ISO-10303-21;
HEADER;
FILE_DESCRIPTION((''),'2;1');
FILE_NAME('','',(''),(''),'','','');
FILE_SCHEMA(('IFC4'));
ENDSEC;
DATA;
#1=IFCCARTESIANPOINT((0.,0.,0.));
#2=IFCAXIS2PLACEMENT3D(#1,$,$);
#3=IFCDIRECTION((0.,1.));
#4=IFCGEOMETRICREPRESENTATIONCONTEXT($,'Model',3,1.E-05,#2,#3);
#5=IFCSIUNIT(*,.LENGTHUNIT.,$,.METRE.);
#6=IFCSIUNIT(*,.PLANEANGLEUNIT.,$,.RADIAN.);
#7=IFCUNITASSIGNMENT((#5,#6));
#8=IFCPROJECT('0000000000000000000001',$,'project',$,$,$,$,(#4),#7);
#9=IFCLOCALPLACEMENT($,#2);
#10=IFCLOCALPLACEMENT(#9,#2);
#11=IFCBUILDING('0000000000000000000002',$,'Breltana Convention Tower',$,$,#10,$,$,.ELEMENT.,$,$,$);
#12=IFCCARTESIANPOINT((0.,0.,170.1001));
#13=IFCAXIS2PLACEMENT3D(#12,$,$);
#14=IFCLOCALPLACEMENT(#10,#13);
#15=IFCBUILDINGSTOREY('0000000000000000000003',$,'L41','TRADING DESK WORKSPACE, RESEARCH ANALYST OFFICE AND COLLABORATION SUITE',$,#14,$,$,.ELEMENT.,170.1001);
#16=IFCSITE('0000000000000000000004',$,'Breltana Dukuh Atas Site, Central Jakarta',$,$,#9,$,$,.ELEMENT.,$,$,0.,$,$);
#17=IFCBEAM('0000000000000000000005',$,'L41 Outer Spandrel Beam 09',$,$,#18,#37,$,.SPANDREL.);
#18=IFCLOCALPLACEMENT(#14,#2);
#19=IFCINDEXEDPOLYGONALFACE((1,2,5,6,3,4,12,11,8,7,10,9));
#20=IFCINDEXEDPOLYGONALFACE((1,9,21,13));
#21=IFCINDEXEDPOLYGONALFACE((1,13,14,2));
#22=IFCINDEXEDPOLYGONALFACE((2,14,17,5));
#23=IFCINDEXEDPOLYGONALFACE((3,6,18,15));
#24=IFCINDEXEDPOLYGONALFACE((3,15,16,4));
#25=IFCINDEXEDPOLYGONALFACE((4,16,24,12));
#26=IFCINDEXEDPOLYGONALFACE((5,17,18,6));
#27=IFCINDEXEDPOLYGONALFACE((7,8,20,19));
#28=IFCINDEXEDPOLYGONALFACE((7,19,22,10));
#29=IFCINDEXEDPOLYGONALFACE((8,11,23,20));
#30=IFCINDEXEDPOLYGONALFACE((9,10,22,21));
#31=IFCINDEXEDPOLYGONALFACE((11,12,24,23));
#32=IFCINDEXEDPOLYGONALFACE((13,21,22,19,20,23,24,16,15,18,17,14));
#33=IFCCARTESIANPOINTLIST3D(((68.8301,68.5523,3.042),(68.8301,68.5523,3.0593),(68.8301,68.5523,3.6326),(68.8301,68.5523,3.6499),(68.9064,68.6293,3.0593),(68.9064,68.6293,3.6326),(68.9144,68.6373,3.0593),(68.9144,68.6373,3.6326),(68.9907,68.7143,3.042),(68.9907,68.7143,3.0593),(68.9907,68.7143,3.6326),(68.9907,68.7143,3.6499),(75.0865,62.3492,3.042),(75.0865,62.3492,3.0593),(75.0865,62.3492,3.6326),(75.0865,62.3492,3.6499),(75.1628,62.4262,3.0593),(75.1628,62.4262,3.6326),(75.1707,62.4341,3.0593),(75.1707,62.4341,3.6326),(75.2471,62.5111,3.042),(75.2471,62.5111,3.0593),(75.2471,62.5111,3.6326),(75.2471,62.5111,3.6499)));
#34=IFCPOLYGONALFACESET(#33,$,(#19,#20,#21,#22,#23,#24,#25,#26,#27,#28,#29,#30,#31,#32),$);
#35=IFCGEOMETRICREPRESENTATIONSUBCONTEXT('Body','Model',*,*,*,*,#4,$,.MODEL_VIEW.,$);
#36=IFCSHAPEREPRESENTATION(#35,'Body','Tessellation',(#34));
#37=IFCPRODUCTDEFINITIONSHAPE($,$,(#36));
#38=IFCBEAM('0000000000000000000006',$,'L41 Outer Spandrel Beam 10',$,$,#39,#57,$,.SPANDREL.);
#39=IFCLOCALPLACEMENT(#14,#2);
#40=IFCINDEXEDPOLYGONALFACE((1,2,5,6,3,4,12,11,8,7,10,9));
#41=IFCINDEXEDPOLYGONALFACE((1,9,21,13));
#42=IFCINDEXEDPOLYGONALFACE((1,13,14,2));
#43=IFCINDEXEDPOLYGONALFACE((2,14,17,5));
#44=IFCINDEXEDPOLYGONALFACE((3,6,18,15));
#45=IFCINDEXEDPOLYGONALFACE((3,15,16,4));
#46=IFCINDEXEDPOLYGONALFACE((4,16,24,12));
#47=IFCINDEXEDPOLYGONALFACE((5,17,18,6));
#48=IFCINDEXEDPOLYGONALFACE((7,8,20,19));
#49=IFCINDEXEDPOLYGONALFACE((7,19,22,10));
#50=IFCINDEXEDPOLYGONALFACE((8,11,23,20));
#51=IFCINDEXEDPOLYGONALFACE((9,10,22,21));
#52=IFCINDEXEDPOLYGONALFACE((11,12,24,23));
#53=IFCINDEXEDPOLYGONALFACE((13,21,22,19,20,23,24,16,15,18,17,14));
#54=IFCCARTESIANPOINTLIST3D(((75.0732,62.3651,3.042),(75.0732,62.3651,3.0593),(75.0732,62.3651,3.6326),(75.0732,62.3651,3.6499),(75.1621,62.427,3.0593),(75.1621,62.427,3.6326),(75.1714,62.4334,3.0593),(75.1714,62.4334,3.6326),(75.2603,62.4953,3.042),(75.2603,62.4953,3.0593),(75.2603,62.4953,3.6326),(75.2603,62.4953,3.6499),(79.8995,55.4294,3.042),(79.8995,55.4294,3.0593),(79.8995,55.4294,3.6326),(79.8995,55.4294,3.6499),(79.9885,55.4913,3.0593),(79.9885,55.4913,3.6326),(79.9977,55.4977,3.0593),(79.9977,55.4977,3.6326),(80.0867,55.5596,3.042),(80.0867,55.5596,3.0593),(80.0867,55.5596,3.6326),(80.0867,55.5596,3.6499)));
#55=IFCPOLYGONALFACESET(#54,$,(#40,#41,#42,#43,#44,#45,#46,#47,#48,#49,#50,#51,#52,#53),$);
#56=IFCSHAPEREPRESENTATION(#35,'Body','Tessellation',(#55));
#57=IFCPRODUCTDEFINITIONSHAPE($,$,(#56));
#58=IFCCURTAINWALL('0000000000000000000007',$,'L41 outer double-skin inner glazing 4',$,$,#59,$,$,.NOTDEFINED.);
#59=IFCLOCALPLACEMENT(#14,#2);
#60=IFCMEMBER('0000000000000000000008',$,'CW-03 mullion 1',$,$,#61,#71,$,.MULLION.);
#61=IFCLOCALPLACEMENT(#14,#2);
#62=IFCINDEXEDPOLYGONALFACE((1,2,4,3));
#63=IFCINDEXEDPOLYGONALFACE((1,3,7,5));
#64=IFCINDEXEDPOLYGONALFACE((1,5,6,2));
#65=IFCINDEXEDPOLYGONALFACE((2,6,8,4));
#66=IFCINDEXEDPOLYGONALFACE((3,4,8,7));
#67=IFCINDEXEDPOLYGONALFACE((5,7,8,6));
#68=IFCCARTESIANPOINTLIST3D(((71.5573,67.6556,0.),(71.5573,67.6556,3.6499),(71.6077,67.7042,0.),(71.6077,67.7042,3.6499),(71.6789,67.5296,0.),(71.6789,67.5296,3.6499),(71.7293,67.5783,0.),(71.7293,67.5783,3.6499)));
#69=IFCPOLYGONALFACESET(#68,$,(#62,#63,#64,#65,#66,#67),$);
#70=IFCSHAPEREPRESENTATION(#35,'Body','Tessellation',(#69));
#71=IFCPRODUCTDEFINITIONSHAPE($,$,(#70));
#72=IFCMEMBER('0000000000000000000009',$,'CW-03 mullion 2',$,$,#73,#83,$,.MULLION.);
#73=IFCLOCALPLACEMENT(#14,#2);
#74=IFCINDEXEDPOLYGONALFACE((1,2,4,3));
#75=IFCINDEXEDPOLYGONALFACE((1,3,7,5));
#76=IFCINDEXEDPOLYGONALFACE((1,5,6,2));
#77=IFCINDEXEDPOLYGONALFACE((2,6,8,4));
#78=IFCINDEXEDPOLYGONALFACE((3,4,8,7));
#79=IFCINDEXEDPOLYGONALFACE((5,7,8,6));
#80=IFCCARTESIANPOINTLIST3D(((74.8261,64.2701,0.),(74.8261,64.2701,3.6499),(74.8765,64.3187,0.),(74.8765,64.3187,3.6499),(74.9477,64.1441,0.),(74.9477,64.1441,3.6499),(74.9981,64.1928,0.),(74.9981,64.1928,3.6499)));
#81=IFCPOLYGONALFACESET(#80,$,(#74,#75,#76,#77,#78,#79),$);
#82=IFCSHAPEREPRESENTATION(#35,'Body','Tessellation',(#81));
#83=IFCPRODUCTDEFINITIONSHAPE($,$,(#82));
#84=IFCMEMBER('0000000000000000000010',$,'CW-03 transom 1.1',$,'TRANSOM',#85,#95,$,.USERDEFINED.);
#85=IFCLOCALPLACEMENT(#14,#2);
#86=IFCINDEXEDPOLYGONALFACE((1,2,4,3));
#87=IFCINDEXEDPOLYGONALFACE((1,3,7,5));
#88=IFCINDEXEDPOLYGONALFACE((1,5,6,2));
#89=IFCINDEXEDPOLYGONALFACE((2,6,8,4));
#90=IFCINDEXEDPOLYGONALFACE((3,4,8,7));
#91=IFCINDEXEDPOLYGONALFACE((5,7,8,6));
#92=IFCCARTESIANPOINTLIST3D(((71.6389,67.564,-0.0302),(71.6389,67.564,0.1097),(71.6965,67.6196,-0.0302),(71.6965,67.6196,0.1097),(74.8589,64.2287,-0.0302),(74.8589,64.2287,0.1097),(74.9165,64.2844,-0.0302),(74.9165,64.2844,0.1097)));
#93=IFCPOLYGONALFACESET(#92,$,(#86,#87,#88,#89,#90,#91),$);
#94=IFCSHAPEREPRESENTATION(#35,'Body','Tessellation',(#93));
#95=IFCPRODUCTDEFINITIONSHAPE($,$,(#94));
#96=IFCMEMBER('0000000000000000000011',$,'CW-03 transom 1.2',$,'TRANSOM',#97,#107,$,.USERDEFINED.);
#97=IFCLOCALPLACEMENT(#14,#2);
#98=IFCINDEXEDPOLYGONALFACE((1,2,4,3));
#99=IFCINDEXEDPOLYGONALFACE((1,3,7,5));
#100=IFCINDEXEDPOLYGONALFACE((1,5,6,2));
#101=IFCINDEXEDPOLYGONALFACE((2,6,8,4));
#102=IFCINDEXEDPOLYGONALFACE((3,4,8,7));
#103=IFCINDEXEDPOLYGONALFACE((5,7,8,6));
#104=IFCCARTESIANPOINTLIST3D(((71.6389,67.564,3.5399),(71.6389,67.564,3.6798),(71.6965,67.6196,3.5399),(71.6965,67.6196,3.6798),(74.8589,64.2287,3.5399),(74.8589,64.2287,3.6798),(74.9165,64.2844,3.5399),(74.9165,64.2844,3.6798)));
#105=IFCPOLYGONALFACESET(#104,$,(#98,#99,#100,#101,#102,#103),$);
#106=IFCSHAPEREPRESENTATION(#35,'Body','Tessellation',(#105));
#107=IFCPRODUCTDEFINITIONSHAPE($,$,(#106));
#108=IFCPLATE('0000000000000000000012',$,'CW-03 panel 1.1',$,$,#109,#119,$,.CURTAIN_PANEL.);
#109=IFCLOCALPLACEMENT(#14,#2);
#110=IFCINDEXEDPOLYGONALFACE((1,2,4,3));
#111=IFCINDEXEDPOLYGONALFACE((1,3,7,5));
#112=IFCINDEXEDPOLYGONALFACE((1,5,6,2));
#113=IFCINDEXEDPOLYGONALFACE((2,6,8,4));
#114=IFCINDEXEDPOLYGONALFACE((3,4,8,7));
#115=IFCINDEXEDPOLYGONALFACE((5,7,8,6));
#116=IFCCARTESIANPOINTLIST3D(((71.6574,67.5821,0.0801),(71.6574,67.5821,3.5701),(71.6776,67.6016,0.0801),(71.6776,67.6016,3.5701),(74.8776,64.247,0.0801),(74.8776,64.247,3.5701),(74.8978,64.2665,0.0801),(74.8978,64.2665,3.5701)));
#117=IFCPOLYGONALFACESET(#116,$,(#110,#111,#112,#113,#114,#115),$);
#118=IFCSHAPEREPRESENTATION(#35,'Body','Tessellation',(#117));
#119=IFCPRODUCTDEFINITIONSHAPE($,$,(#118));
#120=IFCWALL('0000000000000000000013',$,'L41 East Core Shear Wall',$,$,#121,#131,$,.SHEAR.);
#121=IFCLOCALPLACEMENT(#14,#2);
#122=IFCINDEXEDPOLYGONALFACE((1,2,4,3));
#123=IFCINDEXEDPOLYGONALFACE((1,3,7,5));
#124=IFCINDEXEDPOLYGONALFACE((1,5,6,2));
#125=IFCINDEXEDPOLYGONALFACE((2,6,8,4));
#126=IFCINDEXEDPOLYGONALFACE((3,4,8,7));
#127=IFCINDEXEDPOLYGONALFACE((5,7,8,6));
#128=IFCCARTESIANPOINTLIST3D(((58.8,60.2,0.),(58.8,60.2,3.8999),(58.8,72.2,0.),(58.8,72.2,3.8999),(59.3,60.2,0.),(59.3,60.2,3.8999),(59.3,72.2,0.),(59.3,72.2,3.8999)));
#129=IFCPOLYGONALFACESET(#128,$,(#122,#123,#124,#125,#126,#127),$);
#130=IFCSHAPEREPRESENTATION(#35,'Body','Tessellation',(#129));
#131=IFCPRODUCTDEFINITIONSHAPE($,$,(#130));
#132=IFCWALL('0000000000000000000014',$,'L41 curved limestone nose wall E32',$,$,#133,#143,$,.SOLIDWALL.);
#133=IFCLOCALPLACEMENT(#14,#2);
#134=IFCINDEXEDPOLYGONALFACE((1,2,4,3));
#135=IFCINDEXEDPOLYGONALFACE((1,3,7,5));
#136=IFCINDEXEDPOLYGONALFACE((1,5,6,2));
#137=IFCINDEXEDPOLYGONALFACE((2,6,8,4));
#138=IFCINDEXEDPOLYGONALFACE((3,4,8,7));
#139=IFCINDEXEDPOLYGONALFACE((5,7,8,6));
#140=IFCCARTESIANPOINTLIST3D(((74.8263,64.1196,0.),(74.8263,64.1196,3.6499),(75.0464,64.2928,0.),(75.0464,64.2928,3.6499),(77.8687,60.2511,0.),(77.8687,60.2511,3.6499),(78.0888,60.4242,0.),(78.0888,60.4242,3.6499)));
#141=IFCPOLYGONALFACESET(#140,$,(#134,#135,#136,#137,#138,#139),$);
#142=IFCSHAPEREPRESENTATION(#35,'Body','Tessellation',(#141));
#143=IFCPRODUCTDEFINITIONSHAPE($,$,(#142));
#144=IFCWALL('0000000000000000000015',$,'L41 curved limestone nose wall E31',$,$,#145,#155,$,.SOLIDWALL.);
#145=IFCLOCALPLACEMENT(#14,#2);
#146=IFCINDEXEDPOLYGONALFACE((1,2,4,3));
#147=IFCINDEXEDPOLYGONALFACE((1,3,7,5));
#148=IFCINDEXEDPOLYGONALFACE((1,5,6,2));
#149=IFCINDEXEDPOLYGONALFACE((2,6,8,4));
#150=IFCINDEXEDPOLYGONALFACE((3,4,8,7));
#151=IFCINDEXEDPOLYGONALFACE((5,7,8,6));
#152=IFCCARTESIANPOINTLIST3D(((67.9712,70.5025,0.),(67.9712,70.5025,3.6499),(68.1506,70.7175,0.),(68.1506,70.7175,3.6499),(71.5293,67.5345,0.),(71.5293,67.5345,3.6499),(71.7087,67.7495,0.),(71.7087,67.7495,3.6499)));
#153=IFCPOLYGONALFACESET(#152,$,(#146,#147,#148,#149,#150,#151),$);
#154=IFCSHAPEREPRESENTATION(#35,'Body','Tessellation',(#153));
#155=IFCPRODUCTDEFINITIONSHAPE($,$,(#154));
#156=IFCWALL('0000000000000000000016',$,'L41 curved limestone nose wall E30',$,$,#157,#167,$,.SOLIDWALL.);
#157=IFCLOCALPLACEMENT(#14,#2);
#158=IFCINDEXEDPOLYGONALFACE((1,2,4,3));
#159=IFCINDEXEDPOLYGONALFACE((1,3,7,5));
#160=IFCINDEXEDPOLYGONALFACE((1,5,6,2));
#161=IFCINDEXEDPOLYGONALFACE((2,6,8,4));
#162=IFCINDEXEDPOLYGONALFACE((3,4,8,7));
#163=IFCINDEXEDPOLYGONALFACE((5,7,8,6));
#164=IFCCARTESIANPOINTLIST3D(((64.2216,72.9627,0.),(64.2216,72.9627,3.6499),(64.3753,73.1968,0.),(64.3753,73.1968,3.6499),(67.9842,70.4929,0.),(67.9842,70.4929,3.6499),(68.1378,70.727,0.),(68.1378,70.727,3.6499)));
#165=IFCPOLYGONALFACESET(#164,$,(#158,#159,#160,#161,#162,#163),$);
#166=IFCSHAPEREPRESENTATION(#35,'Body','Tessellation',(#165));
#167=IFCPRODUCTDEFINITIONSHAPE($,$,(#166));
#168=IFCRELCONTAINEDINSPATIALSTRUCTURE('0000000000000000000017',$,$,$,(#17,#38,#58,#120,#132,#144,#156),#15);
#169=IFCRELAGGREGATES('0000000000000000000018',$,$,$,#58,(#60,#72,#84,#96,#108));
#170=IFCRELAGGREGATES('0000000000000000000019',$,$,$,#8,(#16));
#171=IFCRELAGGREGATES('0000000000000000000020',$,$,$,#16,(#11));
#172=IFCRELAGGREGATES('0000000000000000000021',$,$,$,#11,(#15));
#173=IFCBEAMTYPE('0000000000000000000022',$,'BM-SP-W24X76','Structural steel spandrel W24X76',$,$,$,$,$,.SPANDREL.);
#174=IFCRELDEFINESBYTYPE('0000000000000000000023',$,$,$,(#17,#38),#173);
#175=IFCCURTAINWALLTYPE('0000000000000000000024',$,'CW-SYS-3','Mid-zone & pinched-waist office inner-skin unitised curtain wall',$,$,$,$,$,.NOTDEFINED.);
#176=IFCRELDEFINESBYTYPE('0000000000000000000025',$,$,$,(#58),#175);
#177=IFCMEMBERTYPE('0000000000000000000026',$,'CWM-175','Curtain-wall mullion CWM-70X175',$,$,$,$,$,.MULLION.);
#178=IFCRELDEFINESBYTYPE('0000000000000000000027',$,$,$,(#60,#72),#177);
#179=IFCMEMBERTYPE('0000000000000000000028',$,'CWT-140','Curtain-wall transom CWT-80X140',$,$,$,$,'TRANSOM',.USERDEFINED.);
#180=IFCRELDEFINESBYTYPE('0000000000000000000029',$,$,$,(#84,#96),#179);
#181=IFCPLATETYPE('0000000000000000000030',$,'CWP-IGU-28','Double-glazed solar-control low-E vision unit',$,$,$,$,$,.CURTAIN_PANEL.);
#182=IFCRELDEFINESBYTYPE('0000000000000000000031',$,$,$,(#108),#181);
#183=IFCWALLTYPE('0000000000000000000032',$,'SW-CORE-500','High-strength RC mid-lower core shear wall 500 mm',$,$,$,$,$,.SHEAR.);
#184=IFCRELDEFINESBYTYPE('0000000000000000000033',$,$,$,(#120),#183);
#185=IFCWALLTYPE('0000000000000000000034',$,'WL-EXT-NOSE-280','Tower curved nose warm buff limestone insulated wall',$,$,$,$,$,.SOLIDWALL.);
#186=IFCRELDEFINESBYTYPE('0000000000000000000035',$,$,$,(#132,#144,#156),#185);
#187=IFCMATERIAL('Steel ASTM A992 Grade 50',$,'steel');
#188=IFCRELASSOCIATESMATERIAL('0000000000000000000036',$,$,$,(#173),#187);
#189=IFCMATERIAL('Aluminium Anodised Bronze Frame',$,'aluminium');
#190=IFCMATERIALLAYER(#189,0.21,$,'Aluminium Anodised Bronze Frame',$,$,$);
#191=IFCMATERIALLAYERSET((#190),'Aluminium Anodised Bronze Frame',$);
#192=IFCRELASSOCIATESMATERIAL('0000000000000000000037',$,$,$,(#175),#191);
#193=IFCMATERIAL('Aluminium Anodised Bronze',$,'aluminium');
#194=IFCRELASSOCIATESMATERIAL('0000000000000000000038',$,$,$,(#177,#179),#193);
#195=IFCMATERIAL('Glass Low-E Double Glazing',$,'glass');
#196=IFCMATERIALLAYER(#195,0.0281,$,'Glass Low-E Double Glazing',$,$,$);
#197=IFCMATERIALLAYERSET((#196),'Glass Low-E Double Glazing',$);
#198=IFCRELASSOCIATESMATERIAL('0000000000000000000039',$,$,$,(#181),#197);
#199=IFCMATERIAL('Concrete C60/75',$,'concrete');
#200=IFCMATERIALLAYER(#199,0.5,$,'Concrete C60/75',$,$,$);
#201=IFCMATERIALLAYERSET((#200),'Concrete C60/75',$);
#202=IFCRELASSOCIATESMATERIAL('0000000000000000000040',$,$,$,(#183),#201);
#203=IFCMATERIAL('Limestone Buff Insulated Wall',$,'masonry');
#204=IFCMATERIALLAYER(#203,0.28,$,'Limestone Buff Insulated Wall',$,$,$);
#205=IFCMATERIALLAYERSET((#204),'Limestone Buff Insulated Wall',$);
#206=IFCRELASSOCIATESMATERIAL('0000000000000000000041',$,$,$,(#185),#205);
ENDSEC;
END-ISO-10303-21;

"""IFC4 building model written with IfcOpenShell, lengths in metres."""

from ifc_helpers import new_model, si_unit, direction, frame, frame_2d, origin, origin_2d, place, context, subcontext, project, spatial, rectangle, i_section, extrude, source, transform, mapped, material, layer, layer_set, material_profile, profile_set, type_object, element, aggregate, save


model = new_model("IFC4")

# Units and contexts
model_context = context("Model", 3, precision=1e-05, world=origin(), true_north=direction((0.0, 1.0)))
body_context = subcontext(model_context, "Body", "Model", "MODEL_VIEW")
ifc_project = project(units=[si_unit("LENGTHUNIT", "METRE"), si_unit("PLANEANGLEUNIT", "RADIAN")], contexts=[model_context])

# Site, building, storey
site_placement = place(None, origin())
site = spatial("IfcSite", under=ifc_project, at=site_placement, Name="Breltana Dukuh Atas Site, Central Jakarta", CompositionType="ELEMENT", RefElevation=0.0)
building_placement = place(site_placement, origin())
building = spatial("IfcBuilding", under=site, at=building_placement, Name="Breltana Convention Tower", CompositionType="ELEMENT")
storey_placement = place(building_placement, frame((0.0, 0.0, 170.1001)))
storey = spatial("IfcBuildingStorey", under=building, at=storey_placement, Name="L41", Description="TRADING DESK WORKSPACE, RESEARCH ANALYST OFFICE AND COLLABORATION SUITE", CompositionType="ELEMENT", Elevation=170.1001)

# Shared definitions
ifc_material_1 = material(Name="Concrete C60/75", Category="concrete")

# Beams
ifc_material_2 = material(Name="Steel ASTM A992 Grade 50", Category="steel")
ifc_material_profile_1 = material_profile(ifc_material_2, i_section(OverallWidth=0.228, OverallDepth=0.6079, WebThickness=0.0112, FlangeThickness=0.0173, at=origin_2d()), Name="W24X76")
ifc_profile_set_1 = profile_set([ifc_material_profile_1], Name="Steel ASTM A992 Grade 50")
beam_type_1 = type_object("IfcBeamType", Name="BM-SP-W24X76", Description="Structural steel spandrel W24X76", PredefinedType="SPANDREL", material=ifc_profile_set_1)
shared_shape_1 = source(origin(), body_context, "Body", "SweptSolid", [
    extrude(i_section(OverallWidth=0.228, OverallDepth=0.6079, WebThickness=0.0112, FlangeThickness=0.0173, at=origin_2d()), origin(), (0.0, 0.0, 1.0), 8.8103),
])
beam_1_placement = place(storey_placement, frame((68.9104, 68.6333, 3.3459), z_axis=(0.710121, -0.70408, 0.0), x_axis=(0.70408, 0.710121, 0.0)))
element("IfcBeam", 1, at=beam_1_placement, inside=storey, type_object=beam_type_1, Name="L41 Outer Spandrel Beam 09", PredefinedType="SPANDREL", context=body_context, shape_type="MappedRepresentation", body=[
    mapped(shared_shape_1, transform((0.0, 0.0, 0.0), scale=1.0)),
])
shared_shape_2 = source(origin(), body_context, "Body", "SweptSolid", [
    extrude(i_section(OverallWidth=0.228, OverallDepth=0.6079, WebThickness=0.0112, FlangeThickness=0.0173, at=origin_2d()), origin(), (0.0, 0.0, 1.0), 8.4497),
])
beam_2_placement = place(storey_placement, frame((75.1667, 62.4302, 3.3459), z_axis=(0.571186, -0.820821, 0.0), x_axis=(0.820821, 0.571186, 0.0)))
element("IfcBeam", 2, at=beam_2_placement, inside=storey, type_object=beam_type_1, Name="L41 Outer Spandrel Beam 10", PredefinedType="SPANDREL", context=body_context, shape_type="MappedRepresentation", body=[
    mapped(shared_shape_2, transform((0.0, 0.0, 0.0), scale=1.0)),
])

# Curtain wall, members, plate
ifc_material_3 = material(Name="Aluminium Anodised Bronze Frame", Category="aluminium")
ifc_layer_1 = layer(ifc_material_3, 0.21, Name="Aluminium Anodised Bronze Frame")
ifc_layer_set_1 = layer_set([ifc_layer_1], Name="Aluminium Anodised Bronze Frame")
curtain_wall_type = type_object("IfcCurtainWallType", Name="CW-SYS-3", Description="Mid-zone & pinched-waist office inner-skin unitised curtain wall", PredefinedType="NOTDEFINED", material=ifc_layer_set_1)
curtain_wall_placement = place(storey_placement, origin())
curtain_wall = element("IfcCurtainWall", 3, at=curtain_wall_placement, inside=storey, type_object=curtain_wall_type, Name="L41 outer double-skin inner glazing 4", PredefinedType="NOTDEFINED")
ifc_material_4 = material(Name="Aluminium Anodised Bronze", Category="aluminium")
ifc_material_profile_2 = material_profile(ifc_material_4, rectangle(XDim=0.0701, YDim=0.175, at=origin_2d()), Name="CWM-70X175")
ifc_profile_set_2 = profile_set([ifc_material_profile_2], Name="Aluminium Anodised Bronze")
member_type_1 = type_object("IfcMemberType", Name="CWM-175", Description="Curtain-wall mullion CWM-70X175", PredefinedType="MULLION", material=ifc_profile_set_2)
shared_shape_3 = source(origin(), body_context, "Body", "SweptSolid", [
    extrude(rectangle(XDim=0.0701, YDim=0.175, at=origin_2d()), origin(), (0.0, 0.0, 1.0), 3.6499),
])
member_1_placement = place(storey_placement, frame((71.6433, 67.6169, 0.0), z_axis=(0.0, 0.0, 1.0), x_axis=(0.719394, 0.694603, 0.0)))
member_1 = element("IfcMember", 4, at=member_1_placement, type_object=member_type_1, Name="CW-03 mullion 1", PredefinedType="MULLION", context=body_context, shape_type="MappedRepresentation", body=[
    mapped(shared_shape_3, transform((0.0, 0.0, 0.0), scale=1.0)),
])
member_2_placement = place(storey_placement, frame((74.9121, 64.2314, 0.0), z_axis=(0.0, 0.0, 1.0), x_axis=(0.719394, 0.694603, 0.0)))
member_2 = element("IfcMember", 5, at=member_2_placement, type_object=member_type_1, Name="CW-03 mullion 2", PredefinedType="MULLION", context=body_context, shape_type="MappedRepresentation", body=[
    mapped(shared_shape_3, transform((0.0, 0.0, 0.0), scale=1.0)),
])
ifc_material_profile_3 = material_profile(ifc_material_4, rectangle(XDim=0.0801, YDim=0.1399, at=origin_2d()), Name="CWT-80X140")
ifc_profile_set_3 = profile_set([ifc_material_profile_3], Name="Aluminium Anodised Bronze")
member_type_2 = type_object("IfcMemberType", Name="CWT-140", Description="Curtain-wall transom CWT-80X140", ElementType="TRANSOM", PredefinedType="USERDEFINED", material=ifc_profile_set_3)
shared_shape_4 = source(origin(), body_context, "Body", "SweptSolid", [
    extrude(rectangle(XDim=0.0801, YDim=0.1399, at=origin_2d()), origin(), (0.0, 0.0, 1.0), 4.636),
])
member_3_placement = place(storey_placement, frame((71.6677, 67.5918, 0.0398), z_axis=(0.694569, -0.719426, 0.0), x_axis=(0.719426, 0.694569, 0.0)))
member_3 = element("IfcMember", 6, at=member_3_placement, type_object=member_type_2, Name="CW-03 transom 1.1", ObjectType="TRANSOM", PredefinedType="USERDEFINED", context=body_context, shape_type="MappedRepresentation", body=[
    mapped(shared_shape_4, transform((0.0, 0.0, 0.0), scale=1.0)),
])
member_4_placement = place(storey_placement, frame((71.6677, 67.5918, 3.6099), z_axis=(0.694569, -0.719426, 0.0), x_axis=(0.719426, 0.694569, 0.0)))
member_4 = element("IfcMember", 7, at=member_4_placement, type_object=member_type_2, Name="CW-03 transom 1.2", ObjectType="TRANSOM", PredefinedType="USERDEFINED", context=body_context, shape_type="MappedRepresentation", body=[
    mapped(shared_shape_4, transform((0.0, 0.0, 0.0), scale=1.0)),
])
ifc_material_5 = material(Name="Glass Low-E Double Glazing", Category="glass")
ifc_layer_2 = layer(ifc_material_5, 0.0281, Name="Glass Low-E Double Glazing")
ifc_layer_set_2 = layer_set([ifc_layer_2], Name="Glass Low-E Double Glazing")
plate_type = type_object("IfcPlateType", Name="CWP-IGU-28", Description="Double-glazed solar-control low-E vision unit", PredefinedType="CURTAIN_PANEL", material=ifc_layer_set_2)
shared_shape_5 = source(origin(), body_context, "Body", "SweptSolid", [
    extrude(rectangle(XDim=4.636, YDim=0.0281, at=origin_2d()), origin(), (0.0, 0.0, 1.0), 3.49),
])
plate_placement = place(storey_placement, frame((73.2776, 65.9243, 0.0801), z_axis=(0.0, 0.0, 1.0), x_axis=(0.694603, -0.719394, 0.0)))
plate = element("IfcPlate", 8, at=plate_placement, type_object=plate_type, Name="CW-03 panel 1.1", PredefinedType="CURTAIN_PANEL", context=body_context, shape_type="MappedRepresentation", body=[
    mapped(shared_shape_5, transform((0.0, 0.0, 0.0), scale=1.0)),
])
aggregate(curtain_wall, [member_1, member_2, member_3, member_4, plate])

# Walls
ifc_layer_3 = layer(ifc_material_1, 0.5, Name="Concrete C60/75")
ifc_layer_set_3 = layer_set([ifc_layer_3], Name="Concrete C60/75")
wall_type_1 = type_object("IfcWallType", Name="SW-CORE-500", Description="High-strength RC mid-lower core shear wall 500 mm", PredefinedType="SHEAR", material=ifc_layer_set_3)
shared_shape_6 = source(origin(), body_context, "Body", "SweptSolid", [
    extrude(rectangle(XDim=12.0, YDim=0.5, at=frame_2d((6.0, 0.0))), origin(), (0.0, 0.0, 1.0), 3.8999),
])
wall_1_placement = place(storey_placement, frame((59.05, 60.2, 0.0), z_axis=(0.0, 0.0, 1.0), x_axis=(0.0, 1.0, 0.0)))
element("IfcWall", 9, at=wall_1_placement, inside=storey, type_object=wall_type_1, Name="L41 East Core Shear Wall", PredefinedType="SHEAR", context=body_context, shape_type="MappedRepresentation", body=[
    mapped(shared_shape_6, transform((0.0, 0.0, 0.0), scale=1.0)),
])
ifc_material_6 = material(Name="Limestone Buff Insulated Wall", Category="masonry")
ifc_layer_4 = layer(ifc_material_6, 0.28, Name="Limestone Buff Insulated Wall")
ifc_layer_set_4 = layer_set([ifc_layer_4], Name="Limestone Buff Insulated Wall")
wall_type_2 = type_object("IfcWallType", Name="WL-EXT-NOSE-280", Description="Tower curved nose warm buff limestone insulated wall", PredefinedType="SOLIDWALL", material=ifc_layer_set_4)
shared_shape_7 = source(origin(), body_context, "Body", "SweptSolid", [
    extrude(rectangle(XDim=4.9216, YDim=0.28, at=frame_2d((2.4609, 0.0))), origin(), (0.0, 0.0, 1.0), 3.6499),
])
wall_2_placement = place(storey_placement, frame((74.9363, 64.2063, 0.0), z_axis=(0.0, 0.0, 1.0), x_axis=(0.618176, -0.786039, 0.0)))
element("IfcWall", 10, at=wall_2_placement, inside=storey, type_object=wall_type_2, Name="L41 curved limestone nose wall E32", PredefinedType="SOLIDWALL", context=body_context, shape_type="MappedRepresentation", body=[
    mapped(shared_shape_7, transform((0.0, 0.0, 0.0), scale=1.0)),
])
shared_shape_8 = source(origin(), body_context, "Body", "SweptSolid", [
    extrude(rectangle(XDim=4.6335, YDim=0.28, at=frame_2d((2.3169, 0.0))), origin(), (0.0, 0.0, 1.0), 3.6499),
])
wall_3_placement = place(storey_placement, frame((68.0608, 70.6101, 0.0), z_axis=(0.0, 0.0, 1.0), x_axis=(0.76791, -0.640557, 0.0)))
element("IfcWall", 11, at=wall_3_placement, inside=storey, type_object=wall_type_2, Name="L41 curved limestone nose wall E31", PredefinedType="SOLIDWALL", context=body_context, shape_type="MappedRepresentation", body=[
    mapped(shared_shape_8, transform((0.0, 0.0, 0.0), scale=1.0)),
])
shared_shape_9 = source(origin(), body_context, "Body", "SweptSolid", [
    extrude(rectangle(XDim=4.5007, YDim=0.28, at=frame_2d((2.2505, 0.0))), origin(), (0.0, 0.0, 1.0), 3.6499),
])
wall_4_placement = place(storey_placement, frame((64.2983, 73.0798, 0.0), z_axis=(0.0, 0.0, 1.0), x_axis=(0.835985, -0.548752, 0.0)))
element("IfcWall", 12, at=wall_4_placement, inside=storey, type_object=wall_type_2, Name="L41 curved limestone nose wall E30", PredefinedType="SOLIDWALL", context=body_context, shape_type="MappedRepresentation", body=[
    mapped(shared_shape_9, transform((0.0, 0.0, 0.0), scale=1.0)),
])

save(model, "model.ifc")
